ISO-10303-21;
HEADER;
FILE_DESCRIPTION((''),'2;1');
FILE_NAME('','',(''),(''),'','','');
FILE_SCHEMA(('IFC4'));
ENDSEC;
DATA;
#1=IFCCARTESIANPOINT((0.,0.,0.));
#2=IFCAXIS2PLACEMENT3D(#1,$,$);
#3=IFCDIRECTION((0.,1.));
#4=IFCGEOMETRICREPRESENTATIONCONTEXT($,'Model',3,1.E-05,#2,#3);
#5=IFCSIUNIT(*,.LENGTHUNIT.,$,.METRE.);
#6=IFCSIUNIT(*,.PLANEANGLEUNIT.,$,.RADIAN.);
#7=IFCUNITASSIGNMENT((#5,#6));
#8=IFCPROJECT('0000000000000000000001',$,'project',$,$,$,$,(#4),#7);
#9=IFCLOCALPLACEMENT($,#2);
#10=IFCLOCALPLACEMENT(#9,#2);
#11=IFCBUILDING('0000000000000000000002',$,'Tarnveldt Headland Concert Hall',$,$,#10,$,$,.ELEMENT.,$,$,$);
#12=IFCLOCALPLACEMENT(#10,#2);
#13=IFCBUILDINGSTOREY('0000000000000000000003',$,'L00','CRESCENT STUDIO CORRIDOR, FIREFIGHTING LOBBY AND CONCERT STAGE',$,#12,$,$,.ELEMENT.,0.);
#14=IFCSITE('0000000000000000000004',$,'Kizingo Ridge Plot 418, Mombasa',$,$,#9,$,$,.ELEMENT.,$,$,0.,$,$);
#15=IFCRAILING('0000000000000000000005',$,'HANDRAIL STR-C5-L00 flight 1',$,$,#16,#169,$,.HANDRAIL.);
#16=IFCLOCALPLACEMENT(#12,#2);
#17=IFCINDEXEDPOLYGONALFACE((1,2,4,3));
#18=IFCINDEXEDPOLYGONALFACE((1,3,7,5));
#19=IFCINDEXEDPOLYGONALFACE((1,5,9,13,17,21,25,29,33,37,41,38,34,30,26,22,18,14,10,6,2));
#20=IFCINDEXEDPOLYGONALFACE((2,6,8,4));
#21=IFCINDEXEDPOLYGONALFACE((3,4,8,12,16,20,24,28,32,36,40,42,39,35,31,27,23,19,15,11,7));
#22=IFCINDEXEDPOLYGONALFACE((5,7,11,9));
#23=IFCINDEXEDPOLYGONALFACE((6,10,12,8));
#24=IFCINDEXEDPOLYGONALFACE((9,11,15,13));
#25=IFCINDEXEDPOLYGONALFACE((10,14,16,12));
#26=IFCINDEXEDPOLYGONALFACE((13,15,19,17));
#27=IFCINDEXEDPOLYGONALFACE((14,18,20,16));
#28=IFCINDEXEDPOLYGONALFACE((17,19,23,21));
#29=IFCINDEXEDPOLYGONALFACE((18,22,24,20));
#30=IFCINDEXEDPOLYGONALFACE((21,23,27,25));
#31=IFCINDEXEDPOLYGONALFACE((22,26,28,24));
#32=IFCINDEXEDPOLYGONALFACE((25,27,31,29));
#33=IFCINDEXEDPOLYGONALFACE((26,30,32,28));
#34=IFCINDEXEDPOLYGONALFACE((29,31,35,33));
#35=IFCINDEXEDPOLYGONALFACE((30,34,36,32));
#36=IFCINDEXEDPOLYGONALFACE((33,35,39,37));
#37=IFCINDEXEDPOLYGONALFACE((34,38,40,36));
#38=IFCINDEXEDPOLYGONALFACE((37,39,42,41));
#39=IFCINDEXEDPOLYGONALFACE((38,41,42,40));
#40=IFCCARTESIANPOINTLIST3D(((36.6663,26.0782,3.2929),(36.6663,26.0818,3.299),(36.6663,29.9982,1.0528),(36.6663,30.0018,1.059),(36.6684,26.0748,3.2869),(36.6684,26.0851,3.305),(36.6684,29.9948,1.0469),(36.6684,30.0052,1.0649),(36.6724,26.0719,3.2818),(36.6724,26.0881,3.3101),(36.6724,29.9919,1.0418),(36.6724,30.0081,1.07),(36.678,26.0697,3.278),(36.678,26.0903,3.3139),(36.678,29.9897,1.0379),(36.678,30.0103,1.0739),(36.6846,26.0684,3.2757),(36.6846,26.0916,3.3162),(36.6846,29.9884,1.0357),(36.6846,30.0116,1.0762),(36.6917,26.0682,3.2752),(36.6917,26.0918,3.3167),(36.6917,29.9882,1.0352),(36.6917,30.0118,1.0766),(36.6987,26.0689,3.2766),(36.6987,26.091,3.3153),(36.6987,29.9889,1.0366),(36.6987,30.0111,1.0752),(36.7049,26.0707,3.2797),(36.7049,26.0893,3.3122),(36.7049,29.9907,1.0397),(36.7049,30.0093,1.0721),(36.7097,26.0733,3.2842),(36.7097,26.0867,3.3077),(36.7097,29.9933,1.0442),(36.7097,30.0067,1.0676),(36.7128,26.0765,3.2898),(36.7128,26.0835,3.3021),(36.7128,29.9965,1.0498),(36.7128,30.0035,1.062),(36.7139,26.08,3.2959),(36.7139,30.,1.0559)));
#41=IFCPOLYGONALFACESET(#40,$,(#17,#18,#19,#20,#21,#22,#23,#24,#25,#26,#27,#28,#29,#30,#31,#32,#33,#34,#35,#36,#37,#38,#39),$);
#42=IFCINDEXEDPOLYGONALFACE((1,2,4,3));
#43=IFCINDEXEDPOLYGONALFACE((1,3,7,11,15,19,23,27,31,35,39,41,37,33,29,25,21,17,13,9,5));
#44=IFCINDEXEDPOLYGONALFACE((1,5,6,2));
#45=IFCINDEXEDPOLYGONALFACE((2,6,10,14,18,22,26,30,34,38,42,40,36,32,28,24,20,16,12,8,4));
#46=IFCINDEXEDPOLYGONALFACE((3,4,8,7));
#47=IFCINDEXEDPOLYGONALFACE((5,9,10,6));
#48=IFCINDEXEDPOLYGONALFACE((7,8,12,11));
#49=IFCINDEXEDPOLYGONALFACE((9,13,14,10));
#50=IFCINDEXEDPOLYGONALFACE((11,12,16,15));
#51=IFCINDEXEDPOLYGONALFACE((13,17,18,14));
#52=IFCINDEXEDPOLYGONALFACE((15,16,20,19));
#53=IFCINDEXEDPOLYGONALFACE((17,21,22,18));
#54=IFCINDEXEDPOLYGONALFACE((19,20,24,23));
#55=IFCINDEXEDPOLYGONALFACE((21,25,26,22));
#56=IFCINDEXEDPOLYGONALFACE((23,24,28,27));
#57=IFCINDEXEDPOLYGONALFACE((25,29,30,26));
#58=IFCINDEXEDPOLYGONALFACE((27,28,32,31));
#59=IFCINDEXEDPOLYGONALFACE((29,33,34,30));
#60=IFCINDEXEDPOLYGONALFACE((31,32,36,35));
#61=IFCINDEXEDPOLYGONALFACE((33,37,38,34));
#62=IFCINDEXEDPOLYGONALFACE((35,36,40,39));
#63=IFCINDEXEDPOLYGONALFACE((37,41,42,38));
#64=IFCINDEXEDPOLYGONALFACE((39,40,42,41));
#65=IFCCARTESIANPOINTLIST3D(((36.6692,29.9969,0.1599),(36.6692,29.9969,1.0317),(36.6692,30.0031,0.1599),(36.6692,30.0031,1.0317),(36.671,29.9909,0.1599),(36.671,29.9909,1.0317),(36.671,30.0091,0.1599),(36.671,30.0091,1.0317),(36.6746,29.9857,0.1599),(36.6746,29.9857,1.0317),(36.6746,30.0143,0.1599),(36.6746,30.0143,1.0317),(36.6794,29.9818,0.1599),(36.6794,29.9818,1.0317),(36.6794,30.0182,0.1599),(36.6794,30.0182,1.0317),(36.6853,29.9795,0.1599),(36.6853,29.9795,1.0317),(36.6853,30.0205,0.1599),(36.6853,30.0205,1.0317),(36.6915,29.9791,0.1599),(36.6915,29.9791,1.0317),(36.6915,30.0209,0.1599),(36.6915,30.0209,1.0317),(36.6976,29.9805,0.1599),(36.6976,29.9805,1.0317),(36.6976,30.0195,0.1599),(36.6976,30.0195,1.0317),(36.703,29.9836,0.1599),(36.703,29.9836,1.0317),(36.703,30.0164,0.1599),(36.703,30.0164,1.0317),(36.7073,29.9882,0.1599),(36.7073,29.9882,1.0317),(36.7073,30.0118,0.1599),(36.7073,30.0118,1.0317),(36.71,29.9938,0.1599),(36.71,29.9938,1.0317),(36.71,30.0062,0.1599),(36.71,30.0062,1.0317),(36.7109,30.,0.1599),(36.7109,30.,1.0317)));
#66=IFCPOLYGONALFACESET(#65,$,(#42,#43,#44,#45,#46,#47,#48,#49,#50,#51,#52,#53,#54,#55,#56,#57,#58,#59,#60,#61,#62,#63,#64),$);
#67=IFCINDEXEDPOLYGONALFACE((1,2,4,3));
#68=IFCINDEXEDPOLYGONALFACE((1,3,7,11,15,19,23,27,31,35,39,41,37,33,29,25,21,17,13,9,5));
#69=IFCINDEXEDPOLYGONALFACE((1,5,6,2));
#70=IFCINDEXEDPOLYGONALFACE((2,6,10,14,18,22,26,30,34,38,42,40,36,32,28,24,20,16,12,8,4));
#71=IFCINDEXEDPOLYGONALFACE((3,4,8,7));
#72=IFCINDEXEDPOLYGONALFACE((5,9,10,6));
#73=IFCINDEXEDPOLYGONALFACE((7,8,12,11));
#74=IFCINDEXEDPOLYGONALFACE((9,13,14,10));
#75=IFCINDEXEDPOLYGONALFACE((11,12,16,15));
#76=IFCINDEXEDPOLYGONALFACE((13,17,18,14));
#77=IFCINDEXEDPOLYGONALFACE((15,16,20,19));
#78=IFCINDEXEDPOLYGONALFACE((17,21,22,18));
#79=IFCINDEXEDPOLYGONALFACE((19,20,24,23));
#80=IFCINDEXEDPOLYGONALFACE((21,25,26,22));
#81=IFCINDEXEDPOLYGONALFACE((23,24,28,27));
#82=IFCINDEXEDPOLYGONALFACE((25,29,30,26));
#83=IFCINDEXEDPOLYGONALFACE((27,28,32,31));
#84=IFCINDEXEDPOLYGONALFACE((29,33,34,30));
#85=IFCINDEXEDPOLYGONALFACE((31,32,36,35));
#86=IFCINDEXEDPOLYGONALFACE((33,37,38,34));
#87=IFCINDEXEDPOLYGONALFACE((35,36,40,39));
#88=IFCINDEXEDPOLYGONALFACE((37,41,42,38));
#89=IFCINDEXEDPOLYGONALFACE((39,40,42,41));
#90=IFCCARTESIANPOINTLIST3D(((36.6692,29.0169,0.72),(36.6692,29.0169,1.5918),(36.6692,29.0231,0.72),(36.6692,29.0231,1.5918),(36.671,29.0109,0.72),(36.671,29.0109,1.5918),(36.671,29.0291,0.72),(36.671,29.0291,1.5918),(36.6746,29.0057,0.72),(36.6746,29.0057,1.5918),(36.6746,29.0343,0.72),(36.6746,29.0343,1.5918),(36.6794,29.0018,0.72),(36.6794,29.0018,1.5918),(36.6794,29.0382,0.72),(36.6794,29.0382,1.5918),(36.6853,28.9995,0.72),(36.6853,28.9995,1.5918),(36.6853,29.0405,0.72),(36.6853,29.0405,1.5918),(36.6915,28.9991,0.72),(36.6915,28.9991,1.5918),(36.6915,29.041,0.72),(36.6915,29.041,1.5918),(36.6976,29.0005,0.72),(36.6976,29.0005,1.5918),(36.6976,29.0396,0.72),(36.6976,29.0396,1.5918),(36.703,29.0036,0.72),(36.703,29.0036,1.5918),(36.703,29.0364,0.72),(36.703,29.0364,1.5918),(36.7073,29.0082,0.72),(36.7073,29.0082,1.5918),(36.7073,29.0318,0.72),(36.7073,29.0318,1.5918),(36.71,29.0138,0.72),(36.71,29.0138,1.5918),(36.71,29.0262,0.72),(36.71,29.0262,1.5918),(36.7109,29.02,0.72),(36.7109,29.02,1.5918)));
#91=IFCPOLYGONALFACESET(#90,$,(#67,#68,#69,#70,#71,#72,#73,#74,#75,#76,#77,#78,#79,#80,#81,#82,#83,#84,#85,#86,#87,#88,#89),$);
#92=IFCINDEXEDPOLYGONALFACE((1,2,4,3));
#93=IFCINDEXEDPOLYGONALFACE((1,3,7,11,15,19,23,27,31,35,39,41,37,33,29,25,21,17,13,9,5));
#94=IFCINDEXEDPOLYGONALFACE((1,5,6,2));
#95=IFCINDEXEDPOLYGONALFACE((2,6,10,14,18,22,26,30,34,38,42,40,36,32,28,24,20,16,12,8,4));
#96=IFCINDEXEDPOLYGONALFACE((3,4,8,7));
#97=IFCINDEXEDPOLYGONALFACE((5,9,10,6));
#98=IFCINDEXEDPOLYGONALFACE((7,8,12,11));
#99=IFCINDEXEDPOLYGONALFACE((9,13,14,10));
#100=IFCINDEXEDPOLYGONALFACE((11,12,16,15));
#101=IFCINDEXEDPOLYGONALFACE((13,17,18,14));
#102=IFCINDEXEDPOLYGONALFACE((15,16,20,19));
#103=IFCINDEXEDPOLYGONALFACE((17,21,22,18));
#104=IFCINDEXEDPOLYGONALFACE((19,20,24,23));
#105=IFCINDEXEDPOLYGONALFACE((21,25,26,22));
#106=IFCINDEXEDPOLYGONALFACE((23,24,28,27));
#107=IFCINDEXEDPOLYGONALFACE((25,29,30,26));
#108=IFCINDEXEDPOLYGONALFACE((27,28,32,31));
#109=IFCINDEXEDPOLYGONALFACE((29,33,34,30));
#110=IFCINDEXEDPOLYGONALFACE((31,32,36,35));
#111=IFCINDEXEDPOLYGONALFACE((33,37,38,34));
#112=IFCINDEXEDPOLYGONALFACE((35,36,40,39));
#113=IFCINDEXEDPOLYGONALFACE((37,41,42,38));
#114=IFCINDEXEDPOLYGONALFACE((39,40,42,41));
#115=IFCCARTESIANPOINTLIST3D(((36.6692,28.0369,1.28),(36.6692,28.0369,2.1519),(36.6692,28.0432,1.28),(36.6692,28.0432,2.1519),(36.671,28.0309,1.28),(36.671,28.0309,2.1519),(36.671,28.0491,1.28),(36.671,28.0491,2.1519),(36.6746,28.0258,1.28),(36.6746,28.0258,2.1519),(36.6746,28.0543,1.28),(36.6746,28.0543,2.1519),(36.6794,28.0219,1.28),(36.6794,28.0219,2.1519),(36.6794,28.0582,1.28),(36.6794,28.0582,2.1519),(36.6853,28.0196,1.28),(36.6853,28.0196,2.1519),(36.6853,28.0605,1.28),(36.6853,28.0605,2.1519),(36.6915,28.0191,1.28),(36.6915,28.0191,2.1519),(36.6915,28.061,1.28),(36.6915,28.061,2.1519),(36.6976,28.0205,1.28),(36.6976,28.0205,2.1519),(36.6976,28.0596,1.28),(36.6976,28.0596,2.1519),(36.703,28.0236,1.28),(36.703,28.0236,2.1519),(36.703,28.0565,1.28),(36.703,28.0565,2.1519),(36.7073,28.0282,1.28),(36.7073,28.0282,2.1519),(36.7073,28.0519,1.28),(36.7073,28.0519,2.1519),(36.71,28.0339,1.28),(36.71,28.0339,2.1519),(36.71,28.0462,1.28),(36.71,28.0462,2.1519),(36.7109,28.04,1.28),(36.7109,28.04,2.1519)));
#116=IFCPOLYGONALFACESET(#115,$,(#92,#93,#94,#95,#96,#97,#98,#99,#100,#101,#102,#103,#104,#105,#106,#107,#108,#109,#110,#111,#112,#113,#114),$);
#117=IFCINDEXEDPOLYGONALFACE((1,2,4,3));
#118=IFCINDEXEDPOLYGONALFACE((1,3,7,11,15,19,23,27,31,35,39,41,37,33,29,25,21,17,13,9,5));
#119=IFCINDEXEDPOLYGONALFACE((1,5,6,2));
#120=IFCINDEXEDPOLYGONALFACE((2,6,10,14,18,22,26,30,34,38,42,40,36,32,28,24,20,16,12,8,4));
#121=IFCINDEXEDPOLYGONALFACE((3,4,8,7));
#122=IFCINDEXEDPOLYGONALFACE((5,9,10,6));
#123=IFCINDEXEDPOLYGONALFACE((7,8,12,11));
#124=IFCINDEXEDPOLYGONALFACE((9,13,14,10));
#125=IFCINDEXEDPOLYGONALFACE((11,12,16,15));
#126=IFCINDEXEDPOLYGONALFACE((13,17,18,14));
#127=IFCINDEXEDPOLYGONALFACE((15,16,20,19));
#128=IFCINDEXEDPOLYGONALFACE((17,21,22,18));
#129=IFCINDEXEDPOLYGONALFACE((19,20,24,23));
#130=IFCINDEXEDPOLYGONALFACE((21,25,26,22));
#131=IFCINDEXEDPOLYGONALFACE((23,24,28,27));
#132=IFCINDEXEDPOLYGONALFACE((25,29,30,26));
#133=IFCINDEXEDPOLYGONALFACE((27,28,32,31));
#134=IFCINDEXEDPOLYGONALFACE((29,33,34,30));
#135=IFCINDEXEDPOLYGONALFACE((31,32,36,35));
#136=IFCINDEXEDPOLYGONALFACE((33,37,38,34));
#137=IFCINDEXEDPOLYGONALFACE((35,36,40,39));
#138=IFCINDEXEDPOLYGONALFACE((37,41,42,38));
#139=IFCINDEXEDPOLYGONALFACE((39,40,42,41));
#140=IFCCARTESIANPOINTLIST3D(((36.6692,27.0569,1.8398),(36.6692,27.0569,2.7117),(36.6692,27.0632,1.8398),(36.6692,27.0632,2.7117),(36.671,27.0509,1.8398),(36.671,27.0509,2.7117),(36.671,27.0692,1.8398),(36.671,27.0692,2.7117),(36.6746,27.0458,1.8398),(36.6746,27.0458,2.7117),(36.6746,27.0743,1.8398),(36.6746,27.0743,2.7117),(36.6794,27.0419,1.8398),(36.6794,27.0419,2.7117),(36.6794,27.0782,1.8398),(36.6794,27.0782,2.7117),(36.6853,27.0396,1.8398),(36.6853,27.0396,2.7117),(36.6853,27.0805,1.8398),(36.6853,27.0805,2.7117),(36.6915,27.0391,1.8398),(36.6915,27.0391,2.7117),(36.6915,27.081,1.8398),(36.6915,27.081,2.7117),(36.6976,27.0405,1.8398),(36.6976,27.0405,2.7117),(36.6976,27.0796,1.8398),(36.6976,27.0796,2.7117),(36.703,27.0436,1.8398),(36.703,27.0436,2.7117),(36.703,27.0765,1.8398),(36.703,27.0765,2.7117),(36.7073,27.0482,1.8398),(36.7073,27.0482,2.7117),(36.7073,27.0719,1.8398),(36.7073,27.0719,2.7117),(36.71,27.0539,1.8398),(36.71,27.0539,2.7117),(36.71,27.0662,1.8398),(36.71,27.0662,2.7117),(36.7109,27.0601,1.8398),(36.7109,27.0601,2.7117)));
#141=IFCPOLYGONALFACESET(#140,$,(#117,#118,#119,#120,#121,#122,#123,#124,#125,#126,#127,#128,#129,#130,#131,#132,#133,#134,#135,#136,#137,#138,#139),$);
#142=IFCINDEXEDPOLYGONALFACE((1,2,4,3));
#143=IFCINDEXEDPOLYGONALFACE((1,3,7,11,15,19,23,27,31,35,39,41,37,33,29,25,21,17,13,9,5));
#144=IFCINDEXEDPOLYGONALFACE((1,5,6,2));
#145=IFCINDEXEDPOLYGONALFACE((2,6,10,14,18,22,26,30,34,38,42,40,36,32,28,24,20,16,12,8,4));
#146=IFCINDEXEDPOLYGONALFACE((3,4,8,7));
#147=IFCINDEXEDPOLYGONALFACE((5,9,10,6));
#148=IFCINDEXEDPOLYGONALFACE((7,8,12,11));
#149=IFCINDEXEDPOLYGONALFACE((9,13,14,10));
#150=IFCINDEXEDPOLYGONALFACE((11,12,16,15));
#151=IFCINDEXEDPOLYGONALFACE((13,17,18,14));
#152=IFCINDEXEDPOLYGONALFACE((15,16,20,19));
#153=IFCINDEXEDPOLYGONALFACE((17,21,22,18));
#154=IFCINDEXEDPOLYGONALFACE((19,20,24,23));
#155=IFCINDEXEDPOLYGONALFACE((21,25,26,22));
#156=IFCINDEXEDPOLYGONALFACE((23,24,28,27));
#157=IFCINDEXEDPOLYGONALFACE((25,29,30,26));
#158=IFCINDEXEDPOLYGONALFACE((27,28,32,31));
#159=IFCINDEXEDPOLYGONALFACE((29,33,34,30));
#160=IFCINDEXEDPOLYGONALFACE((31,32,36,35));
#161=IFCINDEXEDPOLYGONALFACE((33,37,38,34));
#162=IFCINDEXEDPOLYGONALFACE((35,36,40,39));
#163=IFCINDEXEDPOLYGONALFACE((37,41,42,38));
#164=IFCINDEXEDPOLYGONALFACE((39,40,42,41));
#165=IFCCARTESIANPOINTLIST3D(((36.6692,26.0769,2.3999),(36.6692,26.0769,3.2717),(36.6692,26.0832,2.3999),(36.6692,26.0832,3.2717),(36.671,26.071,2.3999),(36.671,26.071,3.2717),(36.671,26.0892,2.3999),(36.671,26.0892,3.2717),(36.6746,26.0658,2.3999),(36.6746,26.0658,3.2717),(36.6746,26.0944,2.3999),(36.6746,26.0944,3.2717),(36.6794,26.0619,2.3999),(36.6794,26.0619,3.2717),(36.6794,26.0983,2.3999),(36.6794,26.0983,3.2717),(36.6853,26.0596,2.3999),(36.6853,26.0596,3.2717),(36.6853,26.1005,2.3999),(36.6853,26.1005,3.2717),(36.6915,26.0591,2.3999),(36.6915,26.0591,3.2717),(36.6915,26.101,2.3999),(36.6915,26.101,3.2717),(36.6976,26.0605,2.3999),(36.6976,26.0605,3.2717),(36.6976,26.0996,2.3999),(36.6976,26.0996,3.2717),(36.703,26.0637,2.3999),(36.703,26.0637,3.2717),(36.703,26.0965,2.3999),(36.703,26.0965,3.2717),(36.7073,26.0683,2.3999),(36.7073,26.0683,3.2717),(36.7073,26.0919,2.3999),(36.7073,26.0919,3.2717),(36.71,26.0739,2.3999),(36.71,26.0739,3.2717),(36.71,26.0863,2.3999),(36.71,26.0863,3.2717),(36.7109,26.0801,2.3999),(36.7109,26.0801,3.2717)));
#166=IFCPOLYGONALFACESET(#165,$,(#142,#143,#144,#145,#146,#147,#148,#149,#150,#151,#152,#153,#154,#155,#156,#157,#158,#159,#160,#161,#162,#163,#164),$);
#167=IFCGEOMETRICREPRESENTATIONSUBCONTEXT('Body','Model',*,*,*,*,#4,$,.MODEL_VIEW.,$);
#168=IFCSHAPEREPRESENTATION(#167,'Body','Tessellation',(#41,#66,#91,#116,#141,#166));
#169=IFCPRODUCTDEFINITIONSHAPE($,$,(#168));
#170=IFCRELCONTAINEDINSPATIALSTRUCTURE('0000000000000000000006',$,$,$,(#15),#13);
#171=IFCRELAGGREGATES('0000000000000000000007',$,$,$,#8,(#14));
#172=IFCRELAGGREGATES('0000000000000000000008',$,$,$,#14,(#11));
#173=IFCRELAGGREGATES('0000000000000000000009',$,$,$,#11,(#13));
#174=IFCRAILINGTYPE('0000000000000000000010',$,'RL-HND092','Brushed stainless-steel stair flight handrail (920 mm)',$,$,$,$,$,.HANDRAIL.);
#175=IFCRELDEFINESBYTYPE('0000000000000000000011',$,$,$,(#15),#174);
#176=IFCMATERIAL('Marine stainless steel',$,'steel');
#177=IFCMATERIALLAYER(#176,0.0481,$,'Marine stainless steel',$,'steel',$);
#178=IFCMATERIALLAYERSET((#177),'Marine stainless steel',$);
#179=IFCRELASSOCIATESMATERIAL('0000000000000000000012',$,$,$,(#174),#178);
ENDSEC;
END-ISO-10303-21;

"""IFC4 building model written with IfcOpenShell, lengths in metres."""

from ifc_helpers import new_model, si_unit, direction, frame, origin, origin_2d, place, context, subcontext, project, spatial, circle, extrude, material, layer, layer_set, type_object, element, save


model = new_model("IFC4")

# Units and contexts
model_context = context("Model", 3, precision=1e-05, world=origin(), true_north=direction((0.0, 1.0)))
body_context = subcontext(model_context, "Body", "Model", "MODEL_VIEW")
ifc_project = project(units=[si_unit("LENGTHUNIT", "METRE"), si_unit("PLANEANGLEUNIT", "RADIAN")], contexts=[model_context])

# Site, building, storey
site_placement = place(None, origin())
site = spatial("IfcSite", under=ifc_project, at=site_placement, Name="Kizingo Ridge Plot 418, Mombasa", CompositionType="ELEMENT", RefElevation=0.0)
building_placement = place(site_placement, origin())
building = spatial("IfcBuilding", under=site, at=building_placement, Name="Tarnveldt Headland Concert Hall", CompositionType="ELEMENT")
storey_placement = place(building_placement, origin())
storey = spatial("IfcBuildingStorey", under=building, at=storey_placement, Name="L00", Description="CRESCENT STUDIO CORRIDOR, FIREFIGHTING LOBBY AND CONCERT STAGE", CompositionType="ELEMENT", Elevation=0.0)

# Railing
ifc_material_1 = material(Name="Marine stainless steel", Category="steel")
ifc_layer_1 = layer(ifc_material_1, 0.0481, Name="Marine stainless steel", Category="steel")
ifc_layer_set_1 = layer_set([ifc_layer_1], Name="Marine stainless steel")
railing_type = type_object("IfcRailingType", Name="RL-HND092", Description="Brushed stainless-steel stair flight handrail (920 mm)", PredefinedType="HANDRAIL", material=ifc_layer_set_1)
railing_placement = place(storey_placement, frame((36.6899, 30.0, 0.1599)))
element("IfcRailing", 1, at=railing_placement, inside=storey, type_object=railing_type, Name="HANDRAIL STR-C5-L00 flight 1", PredefinedType="HANDRAIL", context=body_context, shape_type="SweptSolid", body=[
    extrude(circle(Radius=0.0239, at=origin_2d()), frame((0.0, 0.0, 0.896), z_axis=(0.0, -0.86824, 0.496145), x_axis=(1.0, 0.0, 0.0)), (0.0, 0.0, 1.0), 4.5149),
    extrude(circle(Radius=0.021, at=origin_2d()), origin(), (0.0, 0.0, 1.0), 0.8718),
    extrude(circle(Radius=0.021, at=origin_2d()), frame((0.0, -0.98, 0.5601)), (0.0, 0.0, 1.0), 0.8718),
    extrude(circle(Radius=0.021, at=origin_2d()), frame((0.0, -1.96, 1.1201)), (0.0, 0.0, 1.0), 0.8718),
    extrude(circle(Radius=0.021, at=origin_2d()), frame((0.0, -2.9399, 1.6799)), (0.0, 0.0, 1.0), 0.8718),
    extrude(circle(Radius=0.021, at=origin_2d()), frame((0.0, -3.9199, 2.24)), (0.0, 0.0, 1.0), 0.8718),
])

save(model, "model.ifc")
